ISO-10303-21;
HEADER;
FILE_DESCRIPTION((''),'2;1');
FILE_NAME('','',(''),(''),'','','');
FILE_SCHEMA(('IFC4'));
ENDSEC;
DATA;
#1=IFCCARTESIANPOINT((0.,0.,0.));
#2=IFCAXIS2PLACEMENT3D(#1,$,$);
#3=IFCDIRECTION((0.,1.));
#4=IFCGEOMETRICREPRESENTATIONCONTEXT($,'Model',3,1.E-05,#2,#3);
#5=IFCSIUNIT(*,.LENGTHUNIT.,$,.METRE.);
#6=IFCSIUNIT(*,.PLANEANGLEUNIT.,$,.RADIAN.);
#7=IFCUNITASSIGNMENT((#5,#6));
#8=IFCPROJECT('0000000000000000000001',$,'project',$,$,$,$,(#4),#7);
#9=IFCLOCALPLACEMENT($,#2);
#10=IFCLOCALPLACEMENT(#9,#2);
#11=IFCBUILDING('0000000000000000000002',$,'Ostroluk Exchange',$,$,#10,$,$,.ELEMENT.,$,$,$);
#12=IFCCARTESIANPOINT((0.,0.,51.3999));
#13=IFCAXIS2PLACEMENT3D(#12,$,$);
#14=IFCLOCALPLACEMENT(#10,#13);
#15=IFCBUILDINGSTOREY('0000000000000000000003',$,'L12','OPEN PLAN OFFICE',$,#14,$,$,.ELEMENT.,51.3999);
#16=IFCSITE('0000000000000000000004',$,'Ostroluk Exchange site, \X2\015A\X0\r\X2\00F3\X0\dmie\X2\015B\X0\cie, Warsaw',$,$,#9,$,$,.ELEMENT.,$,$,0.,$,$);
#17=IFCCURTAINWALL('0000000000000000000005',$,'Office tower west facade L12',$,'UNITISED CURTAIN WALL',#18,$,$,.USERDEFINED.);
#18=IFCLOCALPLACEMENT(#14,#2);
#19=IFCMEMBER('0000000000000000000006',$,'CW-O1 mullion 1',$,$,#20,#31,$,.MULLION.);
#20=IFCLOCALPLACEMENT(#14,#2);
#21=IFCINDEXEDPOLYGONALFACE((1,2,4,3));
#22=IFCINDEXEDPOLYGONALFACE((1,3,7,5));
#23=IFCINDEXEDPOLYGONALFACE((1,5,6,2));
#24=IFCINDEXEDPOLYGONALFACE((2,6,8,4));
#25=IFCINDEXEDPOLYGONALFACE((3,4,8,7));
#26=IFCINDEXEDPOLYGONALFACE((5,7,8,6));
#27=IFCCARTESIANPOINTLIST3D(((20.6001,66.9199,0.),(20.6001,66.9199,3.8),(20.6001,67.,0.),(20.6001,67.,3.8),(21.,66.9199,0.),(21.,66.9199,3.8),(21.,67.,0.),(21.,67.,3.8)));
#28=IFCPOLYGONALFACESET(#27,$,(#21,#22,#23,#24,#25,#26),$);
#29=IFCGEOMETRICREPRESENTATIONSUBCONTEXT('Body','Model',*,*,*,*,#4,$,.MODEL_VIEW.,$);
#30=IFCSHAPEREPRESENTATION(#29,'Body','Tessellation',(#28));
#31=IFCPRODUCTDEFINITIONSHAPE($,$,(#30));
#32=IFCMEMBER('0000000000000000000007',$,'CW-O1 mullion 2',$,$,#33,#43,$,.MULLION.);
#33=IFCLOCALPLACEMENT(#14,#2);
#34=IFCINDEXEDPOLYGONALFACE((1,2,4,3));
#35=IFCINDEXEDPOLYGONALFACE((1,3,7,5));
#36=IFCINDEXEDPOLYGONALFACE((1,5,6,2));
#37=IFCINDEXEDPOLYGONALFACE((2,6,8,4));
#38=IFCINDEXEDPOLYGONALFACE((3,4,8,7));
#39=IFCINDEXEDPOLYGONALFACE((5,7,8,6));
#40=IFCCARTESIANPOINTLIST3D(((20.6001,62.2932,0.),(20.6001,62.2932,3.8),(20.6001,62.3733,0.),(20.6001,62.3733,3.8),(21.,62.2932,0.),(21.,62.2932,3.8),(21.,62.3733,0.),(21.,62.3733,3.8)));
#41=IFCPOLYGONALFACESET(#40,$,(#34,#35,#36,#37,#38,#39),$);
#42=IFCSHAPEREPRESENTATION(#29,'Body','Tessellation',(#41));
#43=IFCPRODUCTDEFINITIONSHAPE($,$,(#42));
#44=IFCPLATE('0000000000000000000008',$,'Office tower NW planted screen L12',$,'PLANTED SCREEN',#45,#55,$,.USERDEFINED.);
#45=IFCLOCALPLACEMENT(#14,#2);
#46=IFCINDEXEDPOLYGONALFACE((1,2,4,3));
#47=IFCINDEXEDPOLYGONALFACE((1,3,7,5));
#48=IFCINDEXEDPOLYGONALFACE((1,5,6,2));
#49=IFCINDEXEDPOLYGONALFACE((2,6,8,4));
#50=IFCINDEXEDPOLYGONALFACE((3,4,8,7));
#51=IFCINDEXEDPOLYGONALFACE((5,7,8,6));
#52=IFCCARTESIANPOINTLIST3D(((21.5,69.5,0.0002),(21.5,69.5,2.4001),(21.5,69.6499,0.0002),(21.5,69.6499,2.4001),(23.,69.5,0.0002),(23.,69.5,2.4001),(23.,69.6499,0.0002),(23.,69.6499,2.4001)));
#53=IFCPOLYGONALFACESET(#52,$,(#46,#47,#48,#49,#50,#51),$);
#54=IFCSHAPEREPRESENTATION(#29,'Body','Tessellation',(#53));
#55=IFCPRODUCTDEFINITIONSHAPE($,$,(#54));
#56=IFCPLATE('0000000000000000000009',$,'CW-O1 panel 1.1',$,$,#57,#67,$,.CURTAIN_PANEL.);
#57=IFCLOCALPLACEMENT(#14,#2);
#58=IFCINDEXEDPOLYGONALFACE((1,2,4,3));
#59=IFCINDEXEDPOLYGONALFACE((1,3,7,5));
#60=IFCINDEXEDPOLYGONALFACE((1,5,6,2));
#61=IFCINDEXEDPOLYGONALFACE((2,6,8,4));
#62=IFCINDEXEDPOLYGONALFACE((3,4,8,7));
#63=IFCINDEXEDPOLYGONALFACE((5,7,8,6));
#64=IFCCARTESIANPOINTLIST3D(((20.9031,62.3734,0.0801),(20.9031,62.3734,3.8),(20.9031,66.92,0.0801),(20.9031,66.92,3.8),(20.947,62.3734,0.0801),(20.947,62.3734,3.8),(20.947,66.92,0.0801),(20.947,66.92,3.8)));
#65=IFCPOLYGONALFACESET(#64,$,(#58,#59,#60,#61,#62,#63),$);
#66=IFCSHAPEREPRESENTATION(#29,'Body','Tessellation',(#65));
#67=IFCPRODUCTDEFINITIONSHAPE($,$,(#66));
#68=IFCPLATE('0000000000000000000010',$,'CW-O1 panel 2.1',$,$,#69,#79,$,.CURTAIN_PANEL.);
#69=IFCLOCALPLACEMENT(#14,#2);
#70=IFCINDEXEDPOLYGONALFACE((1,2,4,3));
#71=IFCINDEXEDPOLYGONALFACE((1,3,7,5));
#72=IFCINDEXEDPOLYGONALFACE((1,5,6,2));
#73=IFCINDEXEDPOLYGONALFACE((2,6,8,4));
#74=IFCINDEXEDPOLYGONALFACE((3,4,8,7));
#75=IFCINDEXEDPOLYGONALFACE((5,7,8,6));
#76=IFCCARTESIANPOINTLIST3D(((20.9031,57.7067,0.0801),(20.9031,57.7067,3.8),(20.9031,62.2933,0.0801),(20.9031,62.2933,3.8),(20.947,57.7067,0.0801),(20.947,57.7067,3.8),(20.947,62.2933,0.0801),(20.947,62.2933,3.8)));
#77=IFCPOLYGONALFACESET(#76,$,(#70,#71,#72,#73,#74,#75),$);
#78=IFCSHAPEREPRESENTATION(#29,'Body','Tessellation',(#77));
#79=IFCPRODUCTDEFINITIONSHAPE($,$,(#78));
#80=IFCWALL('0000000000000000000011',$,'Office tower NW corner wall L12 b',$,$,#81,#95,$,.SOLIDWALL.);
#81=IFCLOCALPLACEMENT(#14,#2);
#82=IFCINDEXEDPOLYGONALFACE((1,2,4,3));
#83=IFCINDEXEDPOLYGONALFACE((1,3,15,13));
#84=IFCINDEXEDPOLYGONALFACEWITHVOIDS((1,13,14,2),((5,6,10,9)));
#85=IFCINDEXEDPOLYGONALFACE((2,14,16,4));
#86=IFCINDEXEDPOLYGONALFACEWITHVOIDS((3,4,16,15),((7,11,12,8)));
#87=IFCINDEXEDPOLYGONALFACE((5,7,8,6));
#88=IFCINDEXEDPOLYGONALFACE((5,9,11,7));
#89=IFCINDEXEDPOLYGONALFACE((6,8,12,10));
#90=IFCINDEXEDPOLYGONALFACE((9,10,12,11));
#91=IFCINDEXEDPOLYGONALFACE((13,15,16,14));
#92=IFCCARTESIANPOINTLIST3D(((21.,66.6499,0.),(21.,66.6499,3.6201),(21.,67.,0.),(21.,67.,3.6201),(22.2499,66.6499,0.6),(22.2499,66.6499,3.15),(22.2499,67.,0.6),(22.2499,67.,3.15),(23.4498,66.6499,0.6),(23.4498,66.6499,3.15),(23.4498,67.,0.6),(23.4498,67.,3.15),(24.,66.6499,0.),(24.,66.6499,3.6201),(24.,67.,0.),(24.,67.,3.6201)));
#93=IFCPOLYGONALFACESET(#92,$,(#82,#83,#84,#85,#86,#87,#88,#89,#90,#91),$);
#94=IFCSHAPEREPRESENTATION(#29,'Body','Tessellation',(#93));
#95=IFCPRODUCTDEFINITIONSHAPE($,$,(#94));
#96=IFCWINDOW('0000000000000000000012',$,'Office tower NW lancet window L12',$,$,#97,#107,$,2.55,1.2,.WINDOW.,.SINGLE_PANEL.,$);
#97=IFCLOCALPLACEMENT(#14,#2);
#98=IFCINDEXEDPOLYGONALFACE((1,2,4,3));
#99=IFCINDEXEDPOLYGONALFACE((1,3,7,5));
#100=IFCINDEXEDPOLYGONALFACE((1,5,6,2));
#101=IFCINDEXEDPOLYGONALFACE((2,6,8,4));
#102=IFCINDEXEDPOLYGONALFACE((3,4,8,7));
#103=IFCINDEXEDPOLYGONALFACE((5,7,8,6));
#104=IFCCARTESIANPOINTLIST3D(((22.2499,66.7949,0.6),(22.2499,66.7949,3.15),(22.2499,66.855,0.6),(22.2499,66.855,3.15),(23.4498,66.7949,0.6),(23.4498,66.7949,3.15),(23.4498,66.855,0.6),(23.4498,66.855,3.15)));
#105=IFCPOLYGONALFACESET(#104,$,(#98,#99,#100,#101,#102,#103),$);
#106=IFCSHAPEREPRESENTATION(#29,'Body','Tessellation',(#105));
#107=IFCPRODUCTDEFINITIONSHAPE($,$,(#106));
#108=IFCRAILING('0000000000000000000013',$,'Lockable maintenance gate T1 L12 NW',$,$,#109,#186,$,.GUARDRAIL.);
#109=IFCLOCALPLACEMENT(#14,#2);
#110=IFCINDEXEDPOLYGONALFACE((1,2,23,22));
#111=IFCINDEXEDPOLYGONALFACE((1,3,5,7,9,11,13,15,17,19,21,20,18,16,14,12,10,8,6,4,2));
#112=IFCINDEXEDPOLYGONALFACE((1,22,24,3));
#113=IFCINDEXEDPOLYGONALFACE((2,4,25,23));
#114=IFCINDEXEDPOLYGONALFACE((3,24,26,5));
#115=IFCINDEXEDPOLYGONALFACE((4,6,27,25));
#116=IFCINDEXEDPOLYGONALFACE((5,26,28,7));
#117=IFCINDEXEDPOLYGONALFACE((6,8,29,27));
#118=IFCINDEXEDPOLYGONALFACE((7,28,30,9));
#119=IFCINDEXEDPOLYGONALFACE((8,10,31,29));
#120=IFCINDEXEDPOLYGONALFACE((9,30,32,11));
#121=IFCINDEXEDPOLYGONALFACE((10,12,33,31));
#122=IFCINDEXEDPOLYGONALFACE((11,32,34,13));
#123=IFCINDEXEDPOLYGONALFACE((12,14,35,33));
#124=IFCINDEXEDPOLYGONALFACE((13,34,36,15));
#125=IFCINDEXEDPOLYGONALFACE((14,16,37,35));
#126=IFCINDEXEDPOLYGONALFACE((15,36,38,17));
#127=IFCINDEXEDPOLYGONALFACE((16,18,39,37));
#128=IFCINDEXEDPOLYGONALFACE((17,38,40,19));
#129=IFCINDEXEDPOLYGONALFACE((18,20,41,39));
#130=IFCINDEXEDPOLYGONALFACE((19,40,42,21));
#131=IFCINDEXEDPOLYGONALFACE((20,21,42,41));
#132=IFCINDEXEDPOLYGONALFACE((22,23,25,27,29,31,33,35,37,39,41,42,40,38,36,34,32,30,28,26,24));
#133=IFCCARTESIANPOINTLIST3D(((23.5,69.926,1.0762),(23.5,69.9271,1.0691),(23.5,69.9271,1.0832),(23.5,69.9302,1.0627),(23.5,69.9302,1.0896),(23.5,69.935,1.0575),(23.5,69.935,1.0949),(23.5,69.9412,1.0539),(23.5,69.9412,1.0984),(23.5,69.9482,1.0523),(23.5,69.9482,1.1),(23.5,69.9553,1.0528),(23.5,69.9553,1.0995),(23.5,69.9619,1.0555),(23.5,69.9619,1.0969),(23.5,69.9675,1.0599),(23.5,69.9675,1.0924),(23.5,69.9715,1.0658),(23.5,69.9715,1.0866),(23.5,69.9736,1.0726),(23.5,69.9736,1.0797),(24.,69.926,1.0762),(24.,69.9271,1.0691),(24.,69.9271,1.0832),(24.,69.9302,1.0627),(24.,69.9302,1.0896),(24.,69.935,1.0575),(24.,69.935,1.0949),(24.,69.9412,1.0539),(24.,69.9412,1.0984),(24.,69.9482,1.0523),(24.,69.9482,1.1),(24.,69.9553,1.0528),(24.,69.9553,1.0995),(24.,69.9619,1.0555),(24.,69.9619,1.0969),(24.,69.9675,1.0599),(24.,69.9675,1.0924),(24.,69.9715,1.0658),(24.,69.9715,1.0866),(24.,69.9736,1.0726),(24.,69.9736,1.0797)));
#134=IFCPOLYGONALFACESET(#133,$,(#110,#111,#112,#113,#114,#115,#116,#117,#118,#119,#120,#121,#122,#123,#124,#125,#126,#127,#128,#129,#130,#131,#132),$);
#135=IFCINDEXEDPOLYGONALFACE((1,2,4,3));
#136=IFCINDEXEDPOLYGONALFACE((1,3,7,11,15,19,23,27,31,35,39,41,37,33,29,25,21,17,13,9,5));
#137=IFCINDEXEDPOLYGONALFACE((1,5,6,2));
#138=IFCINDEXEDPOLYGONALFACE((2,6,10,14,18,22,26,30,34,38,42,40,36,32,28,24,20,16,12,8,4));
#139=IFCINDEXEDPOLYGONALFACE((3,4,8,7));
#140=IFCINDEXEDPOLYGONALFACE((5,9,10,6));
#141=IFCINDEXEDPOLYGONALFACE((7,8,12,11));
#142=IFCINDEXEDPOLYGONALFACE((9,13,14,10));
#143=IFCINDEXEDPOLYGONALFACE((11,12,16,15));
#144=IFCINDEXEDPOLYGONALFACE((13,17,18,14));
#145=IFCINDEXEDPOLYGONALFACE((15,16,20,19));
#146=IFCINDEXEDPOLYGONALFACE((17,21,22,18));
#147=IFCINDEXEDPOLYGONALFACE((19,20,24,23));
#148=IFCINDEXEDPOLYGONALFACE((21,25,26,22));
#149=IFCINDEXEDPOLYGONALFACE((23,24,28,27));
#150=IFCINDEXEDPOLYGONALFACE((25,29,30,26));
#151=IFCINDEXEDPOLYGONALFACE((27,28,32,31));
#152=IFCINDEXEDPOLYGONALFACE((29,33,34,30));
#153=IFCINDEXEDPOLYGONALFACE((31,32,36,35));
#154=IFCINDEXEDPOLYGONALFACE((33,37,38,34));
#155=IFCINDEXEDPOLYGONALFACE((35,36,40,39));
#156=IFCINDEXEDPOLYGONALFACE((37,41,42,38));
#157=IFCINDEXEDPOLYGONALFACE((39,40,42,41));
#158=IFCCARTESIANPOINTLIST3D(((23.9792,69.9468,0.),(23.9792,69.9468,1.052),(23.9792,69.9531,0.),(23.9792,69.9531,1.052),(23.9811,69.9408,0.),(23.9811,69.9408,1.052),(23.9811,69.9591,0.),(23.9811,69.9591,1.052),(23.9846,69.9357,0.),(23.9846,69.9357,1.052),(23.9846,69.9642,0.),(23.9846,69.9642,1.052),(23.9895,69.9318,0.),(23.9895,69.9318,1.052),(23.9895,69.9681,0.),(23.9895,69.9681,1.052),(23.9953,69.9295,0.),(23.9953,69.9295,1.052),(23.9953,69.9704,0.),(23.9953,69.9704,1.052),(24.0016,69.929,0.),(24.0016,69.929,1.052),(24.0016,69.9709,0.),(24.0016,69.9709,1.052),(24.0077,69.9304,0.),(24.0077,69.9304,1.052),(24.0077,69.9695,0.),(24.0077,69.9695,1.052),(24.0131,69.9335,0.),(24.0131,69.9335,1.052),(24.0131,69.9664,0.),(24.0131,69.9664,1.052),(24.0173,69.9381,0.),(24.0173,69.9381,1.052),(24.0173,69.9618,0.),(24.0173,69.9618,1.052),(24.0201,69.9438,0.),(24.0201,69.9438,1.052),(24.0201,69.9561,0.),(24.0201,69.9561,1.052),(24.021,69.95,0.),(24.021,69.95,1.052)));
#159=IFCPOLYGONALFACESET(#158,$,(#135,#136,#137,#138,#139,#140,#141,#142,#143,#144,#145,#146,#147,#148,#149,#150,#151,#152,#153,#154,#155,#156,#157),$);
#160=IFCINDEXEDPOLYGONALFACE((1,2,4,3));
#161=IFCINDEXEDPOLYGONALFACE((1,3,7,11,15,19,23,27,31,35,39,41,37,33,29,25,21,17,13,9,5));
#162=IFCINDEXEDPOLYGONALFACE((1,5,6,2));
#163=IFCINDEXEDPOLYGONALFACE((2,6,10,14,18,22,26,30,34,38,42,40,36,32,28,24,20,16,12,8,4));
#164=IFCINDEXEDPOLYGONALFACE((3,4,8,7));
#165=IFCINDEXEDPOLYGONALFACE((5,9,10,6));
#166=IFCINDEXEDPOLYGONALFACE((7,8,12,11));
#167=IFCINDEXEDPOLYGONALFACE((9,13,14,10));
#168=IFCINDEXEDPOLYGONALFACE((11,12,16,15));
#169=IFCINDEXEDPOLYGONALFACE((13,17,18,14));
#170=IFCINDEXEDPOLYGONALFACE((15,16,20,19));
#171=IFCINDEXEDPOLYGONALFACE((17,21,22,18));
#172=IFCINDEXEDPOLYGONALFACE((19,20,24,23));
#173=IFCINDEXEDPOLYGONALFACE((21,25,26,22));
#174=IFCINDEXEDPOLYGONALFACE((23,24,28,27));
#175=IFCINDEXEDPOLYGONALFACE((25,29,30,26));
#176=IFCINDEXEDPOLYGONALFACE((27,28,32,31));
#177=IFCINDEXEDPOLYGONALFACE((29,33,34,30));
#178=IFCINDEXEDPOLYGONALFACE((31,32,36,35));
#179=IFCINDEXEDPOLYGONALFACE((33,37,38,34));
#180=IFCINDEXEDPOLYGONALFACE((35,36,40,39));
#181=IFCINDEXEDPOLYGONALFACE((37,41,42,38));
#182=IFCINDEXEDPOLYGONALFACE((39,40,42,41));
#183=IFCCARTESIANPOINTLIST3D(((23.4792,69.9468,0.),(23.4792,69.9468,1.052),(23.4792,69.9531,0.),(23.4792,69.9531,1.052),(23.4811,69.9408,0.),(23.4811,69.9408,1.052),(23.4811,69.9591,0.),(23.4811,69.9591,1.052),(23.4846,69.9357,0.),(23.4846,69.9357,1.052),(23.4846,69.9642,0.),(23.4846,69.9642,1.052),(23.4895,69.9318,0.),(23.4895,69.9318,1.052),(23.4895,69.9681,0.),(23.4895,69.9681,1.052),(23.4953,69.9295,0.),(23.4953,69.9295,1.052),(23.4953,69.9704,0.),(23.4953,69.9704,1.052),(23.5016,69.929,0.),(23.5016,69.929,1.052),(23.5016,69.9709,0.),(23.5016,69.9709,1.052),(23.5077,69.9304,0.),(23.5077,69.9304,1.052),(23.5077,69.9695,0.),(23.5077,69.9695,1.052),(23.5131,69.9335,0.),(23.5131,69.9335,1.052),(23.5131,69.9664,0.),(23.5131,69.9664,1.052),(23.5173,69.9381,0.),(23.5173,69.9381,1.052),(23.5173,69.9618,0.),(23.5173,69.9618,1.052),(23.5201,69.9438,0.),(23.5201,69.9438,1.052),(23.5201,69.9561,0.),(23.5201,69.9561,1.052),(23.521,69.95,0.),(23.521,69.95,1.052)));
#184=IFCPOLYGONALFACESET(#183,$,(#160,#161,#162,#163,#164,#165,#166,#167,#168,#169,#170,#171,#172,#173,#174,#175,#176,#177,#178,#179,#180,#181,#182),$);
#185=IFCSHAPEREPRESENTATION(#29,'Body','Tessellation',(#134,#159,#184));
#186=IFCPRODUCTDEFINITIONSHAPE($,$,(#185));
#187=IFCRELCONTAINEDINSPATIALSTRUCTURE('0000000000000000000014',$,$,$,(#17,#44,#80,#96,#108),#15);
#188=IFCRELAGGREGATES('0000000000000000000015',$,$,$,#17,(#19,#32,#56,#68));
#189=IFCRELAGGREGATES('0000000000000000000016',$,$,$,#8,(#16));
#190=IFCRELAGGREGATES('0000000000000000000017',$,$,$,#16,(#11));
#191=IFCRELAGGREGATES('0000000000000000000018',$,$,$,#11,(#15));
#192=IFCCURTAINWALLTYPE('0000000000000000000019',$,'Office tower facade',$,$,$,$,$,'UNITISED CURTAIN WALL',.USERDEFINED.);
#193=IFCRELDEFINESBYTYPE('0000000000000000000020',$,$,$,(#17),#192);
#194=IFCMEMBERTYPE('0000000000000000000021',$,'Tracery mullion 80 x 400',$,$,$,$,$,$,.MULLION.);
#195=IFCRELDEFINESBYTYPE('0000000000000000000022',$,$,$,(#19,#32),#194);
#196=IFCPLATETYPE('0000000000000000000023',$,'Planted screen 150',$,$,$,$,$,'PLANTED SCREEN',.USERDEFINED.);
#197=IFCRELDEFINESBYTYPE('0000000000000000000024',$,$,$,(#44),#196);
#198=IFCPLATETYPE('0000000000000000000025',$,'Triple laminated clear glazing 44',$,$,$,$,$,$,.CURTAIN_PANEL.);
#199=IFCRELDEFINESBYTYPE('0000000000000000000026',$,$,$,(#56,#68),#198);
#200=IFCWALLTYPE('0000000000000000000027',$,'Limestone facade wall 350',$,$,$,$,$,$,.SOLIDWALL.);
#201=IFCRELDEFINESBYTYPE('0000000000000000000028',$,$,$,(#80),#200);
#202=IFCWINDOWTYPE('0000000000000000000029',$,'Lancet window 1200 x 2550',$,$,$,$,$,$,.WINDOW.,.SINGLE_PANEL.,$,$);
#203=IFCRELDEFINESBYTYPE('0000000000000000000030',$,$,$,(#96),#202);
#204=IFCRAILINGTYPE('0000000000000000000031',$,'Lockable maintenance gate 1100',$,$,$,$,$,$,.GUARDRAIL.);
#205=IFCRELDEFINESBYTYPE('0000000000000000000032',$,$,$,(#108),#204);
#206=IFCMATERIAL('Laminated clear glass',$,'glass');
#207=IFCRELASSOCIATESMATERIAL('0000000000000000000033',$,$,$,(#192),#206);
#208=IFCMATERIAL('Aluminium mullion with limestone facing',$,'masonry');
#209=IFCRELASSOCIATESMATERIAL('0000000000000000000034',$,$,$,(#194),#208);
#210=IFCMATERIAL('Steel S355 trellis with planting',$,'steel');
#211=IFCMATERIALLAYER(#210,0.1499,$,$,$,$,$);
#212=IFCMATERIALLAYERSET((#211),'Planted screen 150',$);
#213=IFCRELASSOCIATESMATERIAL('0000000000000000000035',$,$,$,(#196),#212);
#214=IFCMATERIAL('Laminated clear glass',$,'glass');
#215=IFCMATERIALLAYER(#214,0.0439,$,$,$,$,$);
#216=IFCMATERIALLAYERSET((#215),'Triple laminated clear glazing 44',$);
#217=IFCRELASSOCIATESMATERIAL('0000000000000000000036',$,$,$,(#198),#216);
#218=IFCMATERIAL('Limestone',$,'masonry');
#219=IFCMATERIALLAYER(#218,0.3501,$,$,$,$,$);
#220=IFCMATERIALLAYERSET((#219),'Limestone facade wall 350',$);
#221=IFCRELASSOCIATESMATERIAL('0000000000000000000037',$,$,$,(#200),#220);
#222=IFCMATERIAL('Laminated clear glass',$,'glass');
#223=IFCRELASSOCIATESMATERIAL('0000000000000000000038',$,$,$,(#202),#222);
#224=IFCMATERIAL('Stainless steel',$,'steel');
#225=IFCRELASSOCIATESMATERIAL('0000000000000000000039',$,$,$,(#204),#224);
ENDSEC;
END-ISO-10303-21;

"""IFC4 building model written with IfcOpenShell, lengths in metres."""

from ifc_helpers import new_model, si_unit, direction, frame, frame_2d, origin, origin_2d, place, context, subcontext, project, spatial, rectangle, circle, extrude, material, layer, layer_set, material_profile, profile_set, type_object, element, fill, aggregate, save


model = new_model("IFC4")

# Units and contexts
model_context = context("Model", 3, precision=1e-05, world=origin(), true_north=direction((0.0, 1.0)))
body_context = subcontext(model_context, "Body", "Model", "MODEL_VIEW")
ifc_project = project(units=[si_unit("LENGTHUNIT", "METRE"), si_unit("PLANEANGLEUNIT", "RADIAN")], contexts=[model_context])

# Site, building, storey
site_placement = place(None, origin())
site = spatial("IfcSite", under=ifc_project, at=site_placement, Name="Ostroluk Exchange site, Śródmieście, Warsaw", CompositionType="ELEMENT", RefElevation=0.0)
building_placement = place(site_placement, origin())
building = spatial("IfcBuilding", under=site, at=building_placement, Name="Ostroluk Exchange", CompositionType="ELEMENT")
storey_placement = place(building_placement, frame((0.0, 0.0, 51.3999)))
storey = spatial("IfcBuildingStorey", under=building, at=storey_placement, Name="L12", Description="OPEN PLAN OFFICE", CompositionType="ELEMENT", Elevation=51.3999)

# Curtain wall
ifc_material_1 = material(Name="Laminated clear glass", Category="glass")
curtain_wall_type = type_object("IfcCurtainWallType", Name="Office tower facade", ElementType="UNITISED CURTAIN WALL", PredefinedType="USERDEFINED", material=ifc_material_1)
curtain_wall_1_placement = place(storey_placement, origin())
curtain_wall_1 = element("IfcCurtainWall", 1, at=curtain_wall_1_placement, inside=storey, type_object=curtain_wall_type, Name="Office tower west facade L12", ObjectType="UNITISED CURTAIN WALL", PredefinedType="USERDEFINED")

# Shared definitions
ifc_material_2 = material(Name="Aluminium mullion with limestone facing", Category="masonry")
ifc_material_profile_1 = material_profile(ifc_material_2, rectangle(XDim=0.3999, YDim=0.0801, at=origin_2d()), Name="Tracery mullion 80 x 400")
ifc_profile_set_1 = profile_set([ifc_material_profile_1], Name="Aluminium mullion with limestone facing")
member_type_1 = type_object("IfcMemberType", Name="Tracery mullion 80 x 400", PredefinedType="MULLION", material=ifc_profile_set_1)

# Members
member_1_placement = place(storey_placement, frame((20.8, 66.96, 0.0), z_axis=(0.0, 0.0, 1.0), x_axis=(1.0, 0.0, 0.0)))
member_1 = element("IfcMember", 2, at=member_1_placement, type_object=member_type_1, Name="CW-O1 mullion 1", PredefinedType="MULLION", context=body_context, shape_type="SweptSolid", body=[
    extrude(rectangle(XDim=0.3999, YDim=0.0801, at=origin_2d()), origin(), (0.0, 0.0, 1.0), 3.8),
])
member_2_placement = place(storey_placement, frame((20.8, 62.3333, 0.0), z_axis=(0.0, 0.0, 1.0), x_axis=(1.0, 0.0, 0.0)))
member_2 = element("IfcMember", 3, at=member_2_placement, type_object=member_type_1, Name="CW-O1 mullion 2", PredefinedType="MULLION", context=body_context, shape_type="SweptSolid", body=[
    extrude(rectangle(XDim=0.3999, YDim=0.0801, at=origin_2d()), origin(), (0.0, 0.0, 1.0), 3.8),
])

# Plates
ifc_material_3 = material(Name="Steel S355 trellis with planting", Category="steel")
ifc_layer_1 = layer(ifc_material_3, 0.1499)
ifc_layer_set_1 = layer_set([ifc_layer_1], Name="Planted screen 150")
plate_type_1 = type_object("IfcPlateType", Name="Planted screen 150", ElementType="PLANTED SCREEN", PredefinedType="USERDEFINED", material=ifc_layer_set_1)
plate_1_placement = place(storey_placement, frame((22.25, 69.575, 0.0002), z_axis=(0.0, 0.0, 1.0), x_axis=(1.0, 0.0, 0.0)))
element("IfcPlate", 4, at=plate_1_placement, inside=storey, type_object=plate_type_1, Name="Office tower NW planted screen L12", ObjectType="PLANTED SCREEN", PredefinedType="USERDEFINED", context=body_context, shape_type="SweptSolid", body=[
    extrude(rectangle(XDim=1.5, YDim=0.1499, at=origin_2d()), origin(), (0.0, 0.0, 1.0), 2.3999),
])
ifc_material_4 = material(Name="Laminated clear glass", Category="glass")
ifc_layer_2 = layer(ifc_material_4, 0.0439)
ifc_layer_set_2 = layer_set([ifc_layer_2], Name="Triple laminated clear glazing 44")
plate_type_2 = type_object("IfcPlateType", Name="Triple laminated clear glazing 44", PredefinedType="CURTAIN_PANEL", material=ifc_layer_set_2)
plate_2_placement = place(storey_placement, frame((20.925, 64.6467, 0.0801), z_axis=(0.0, 0.0, 1.0), x_axis=(0.0, -1.0, 0.0)))
plate_2 = element("IfcPlate", 5, at=plate_2_placement, type_object=plate_type_2, Name="CW-O1 panel 1.1", PredefinedType="CURTAIN_PANEL", context=body_context, shape_type="SweptSolid", body=[
    extrude(rectangle(XDim=4.5466, YDim=0.0439, at=origin_2d()), origin(), (0.0, 0.0, 1.0), 3.72),
])
plate_3_placement = place(storey_placement, frame((20.925, 60.0, 0.0801), z_axis=(0.0, 0.0, 1.0), x_axis=(0.0, -1.0, 0.0)))
plate_3 = element("IfcPlate", 6, at=plate_3_placement, type_object=plate_type_2, Name="CW-O1 panel 2.1", PredefinedType="CURTAIN_PANEL", context=body_context, shape_type="SweptSolid", body=[
    extrude(rectangle(XDim=4.5867, YDim=0.0439, at=origin_2d()), origin(), (0.0, 0.0, 1.0), 3.72),
])
aggregate(curtain_wall_1, [member_1, member_2, plate_2, plate_3])

# Shared definitions
ifc_material_5 = material(Name="Limestone", Category="masonry")
ifc_layer_3 = layer(ifc_material_5, 0.3501)
ifc_layer_set_3 = layer_set([ifc_layer_3], Name="Limestone facade wall 350")
wall_type = type_object("IfcWallType", Name="Limestone facade wall 350", PredefinedType="SOLIDWALL", material=ifc_layer_set_3)

# Wall, opening, window
wall_1_placement = place(storey_placement, frame((24.0, 66.825, 0.0), z_axis=(0.0, 0.0, 1.0), x_axis=(-1.0, 0.0, 0.0)))
wall_1 = element("IfcWall", 7, at=wall_1_placement, inside=storey, type_object=wall_type, Name="Office tower NW corner wall L12 b", PredefinedType="SOLIDWALL", context=body_context, shape_type="SweptSolid", body=[
    extrude(rectangle(XDim=3.0, YDim=0.3501, at=frame_2d((1.5, 0.0))), origin(), (0.0, 0.0, 1.0), 3.6201),
])
opening_1_placement = place(wall_1_placement, frame((0.55, 0.0, 0.6001)))
opening_1 = element("IfcOpeningElement", 8, at=opening_1_placement, cuts=wall_1, PredefinedType="OPENING", context=body_context, shape_type="SweptSolid", body=[
    extrude(rectangle(XDim=1.2, YDim=2.55, at=frame_2d((0.6001, 1.2749))), frame((0.0, 0.1851, 0.0), z_axis=(0.0, -1.0, 0.0), x_axis=(1.0, 0.0, 0.0)), (0.0, 0.0, 1.0), 0.3701),
])
ifc_material_6 = material(Name="Laminated clear glass", Category="glass")
window_type = type_object("IfcWindowType", Name="Lancet window 1200 x 2550", PartitioningType="SINGLE_PANEL", PredefinedType="WINDOW", material=ifc_material_6)
window_placement = place(opening_1_placement, origin())
window = element("IfcWindow", 9, at=window_placement, inside=storey, type_object=window_type, Name="Office tower NW lancet window L12", OverallHeight=2.55, OverallWidth=1.2, PartitioningType="SINGLE_PANEL", PredefinedType="WINDOW", context=body_context, shape_type="SweptSolid", body=[
    extrude(rectangle(XDim=1.2, YDim=2.55, at=frame_2d((0.6001, 1.2749))), frame((0.0, 0.03, 0.0), z_axis=(0.0, -1.0, 0.0), x_axis=(1.0, 0.0, 0.0)), (0.0, 0.0, 1.0), 0.0601),
])
fill(opening_1, window)

# Railing
ifc_material_7 = material(Name="Stainless steel", Category="steel")
railing_type_1 = type_object("IfcRailingType", Name="Lockable maintenance gate 1100", PredefinedType="GUARDRAIL", material=ifc_material_7)
railing_1_placement = place(storey_placement, frame((24.0, 69.95, 0.0)))
element("IfcRailing", 10, at=railing_1_placement, inside=storey, type_object=railing_type_1, Name="Lockable maintenance gate T1 L12 NW", PredefinedType="GUARDRAIL", context=body_context, shape_type="SweptSolid", body=[
    extrude(circle(Radius=0.0239, at=origin_2d()), frame((0.0, 0.0, 1.0762), z_axis=(-1.0, 0.0, 0.0), x_axis=(0.0, -1.0, 0.0)), (0.0, 0.0, 1.0), 0.5),
    extrude(circle(Radius=0.021, at=origin_2d()), origin(), (0.0, 0.0, 1.0), 1.052),
    extrude(circle(Radius=0.021, at=origin_2d()), frame((-0.5, 0.0, 0.0)), (0.0, 0.0, 1.0), 1.052),
])

save(model, "model.ifc")
